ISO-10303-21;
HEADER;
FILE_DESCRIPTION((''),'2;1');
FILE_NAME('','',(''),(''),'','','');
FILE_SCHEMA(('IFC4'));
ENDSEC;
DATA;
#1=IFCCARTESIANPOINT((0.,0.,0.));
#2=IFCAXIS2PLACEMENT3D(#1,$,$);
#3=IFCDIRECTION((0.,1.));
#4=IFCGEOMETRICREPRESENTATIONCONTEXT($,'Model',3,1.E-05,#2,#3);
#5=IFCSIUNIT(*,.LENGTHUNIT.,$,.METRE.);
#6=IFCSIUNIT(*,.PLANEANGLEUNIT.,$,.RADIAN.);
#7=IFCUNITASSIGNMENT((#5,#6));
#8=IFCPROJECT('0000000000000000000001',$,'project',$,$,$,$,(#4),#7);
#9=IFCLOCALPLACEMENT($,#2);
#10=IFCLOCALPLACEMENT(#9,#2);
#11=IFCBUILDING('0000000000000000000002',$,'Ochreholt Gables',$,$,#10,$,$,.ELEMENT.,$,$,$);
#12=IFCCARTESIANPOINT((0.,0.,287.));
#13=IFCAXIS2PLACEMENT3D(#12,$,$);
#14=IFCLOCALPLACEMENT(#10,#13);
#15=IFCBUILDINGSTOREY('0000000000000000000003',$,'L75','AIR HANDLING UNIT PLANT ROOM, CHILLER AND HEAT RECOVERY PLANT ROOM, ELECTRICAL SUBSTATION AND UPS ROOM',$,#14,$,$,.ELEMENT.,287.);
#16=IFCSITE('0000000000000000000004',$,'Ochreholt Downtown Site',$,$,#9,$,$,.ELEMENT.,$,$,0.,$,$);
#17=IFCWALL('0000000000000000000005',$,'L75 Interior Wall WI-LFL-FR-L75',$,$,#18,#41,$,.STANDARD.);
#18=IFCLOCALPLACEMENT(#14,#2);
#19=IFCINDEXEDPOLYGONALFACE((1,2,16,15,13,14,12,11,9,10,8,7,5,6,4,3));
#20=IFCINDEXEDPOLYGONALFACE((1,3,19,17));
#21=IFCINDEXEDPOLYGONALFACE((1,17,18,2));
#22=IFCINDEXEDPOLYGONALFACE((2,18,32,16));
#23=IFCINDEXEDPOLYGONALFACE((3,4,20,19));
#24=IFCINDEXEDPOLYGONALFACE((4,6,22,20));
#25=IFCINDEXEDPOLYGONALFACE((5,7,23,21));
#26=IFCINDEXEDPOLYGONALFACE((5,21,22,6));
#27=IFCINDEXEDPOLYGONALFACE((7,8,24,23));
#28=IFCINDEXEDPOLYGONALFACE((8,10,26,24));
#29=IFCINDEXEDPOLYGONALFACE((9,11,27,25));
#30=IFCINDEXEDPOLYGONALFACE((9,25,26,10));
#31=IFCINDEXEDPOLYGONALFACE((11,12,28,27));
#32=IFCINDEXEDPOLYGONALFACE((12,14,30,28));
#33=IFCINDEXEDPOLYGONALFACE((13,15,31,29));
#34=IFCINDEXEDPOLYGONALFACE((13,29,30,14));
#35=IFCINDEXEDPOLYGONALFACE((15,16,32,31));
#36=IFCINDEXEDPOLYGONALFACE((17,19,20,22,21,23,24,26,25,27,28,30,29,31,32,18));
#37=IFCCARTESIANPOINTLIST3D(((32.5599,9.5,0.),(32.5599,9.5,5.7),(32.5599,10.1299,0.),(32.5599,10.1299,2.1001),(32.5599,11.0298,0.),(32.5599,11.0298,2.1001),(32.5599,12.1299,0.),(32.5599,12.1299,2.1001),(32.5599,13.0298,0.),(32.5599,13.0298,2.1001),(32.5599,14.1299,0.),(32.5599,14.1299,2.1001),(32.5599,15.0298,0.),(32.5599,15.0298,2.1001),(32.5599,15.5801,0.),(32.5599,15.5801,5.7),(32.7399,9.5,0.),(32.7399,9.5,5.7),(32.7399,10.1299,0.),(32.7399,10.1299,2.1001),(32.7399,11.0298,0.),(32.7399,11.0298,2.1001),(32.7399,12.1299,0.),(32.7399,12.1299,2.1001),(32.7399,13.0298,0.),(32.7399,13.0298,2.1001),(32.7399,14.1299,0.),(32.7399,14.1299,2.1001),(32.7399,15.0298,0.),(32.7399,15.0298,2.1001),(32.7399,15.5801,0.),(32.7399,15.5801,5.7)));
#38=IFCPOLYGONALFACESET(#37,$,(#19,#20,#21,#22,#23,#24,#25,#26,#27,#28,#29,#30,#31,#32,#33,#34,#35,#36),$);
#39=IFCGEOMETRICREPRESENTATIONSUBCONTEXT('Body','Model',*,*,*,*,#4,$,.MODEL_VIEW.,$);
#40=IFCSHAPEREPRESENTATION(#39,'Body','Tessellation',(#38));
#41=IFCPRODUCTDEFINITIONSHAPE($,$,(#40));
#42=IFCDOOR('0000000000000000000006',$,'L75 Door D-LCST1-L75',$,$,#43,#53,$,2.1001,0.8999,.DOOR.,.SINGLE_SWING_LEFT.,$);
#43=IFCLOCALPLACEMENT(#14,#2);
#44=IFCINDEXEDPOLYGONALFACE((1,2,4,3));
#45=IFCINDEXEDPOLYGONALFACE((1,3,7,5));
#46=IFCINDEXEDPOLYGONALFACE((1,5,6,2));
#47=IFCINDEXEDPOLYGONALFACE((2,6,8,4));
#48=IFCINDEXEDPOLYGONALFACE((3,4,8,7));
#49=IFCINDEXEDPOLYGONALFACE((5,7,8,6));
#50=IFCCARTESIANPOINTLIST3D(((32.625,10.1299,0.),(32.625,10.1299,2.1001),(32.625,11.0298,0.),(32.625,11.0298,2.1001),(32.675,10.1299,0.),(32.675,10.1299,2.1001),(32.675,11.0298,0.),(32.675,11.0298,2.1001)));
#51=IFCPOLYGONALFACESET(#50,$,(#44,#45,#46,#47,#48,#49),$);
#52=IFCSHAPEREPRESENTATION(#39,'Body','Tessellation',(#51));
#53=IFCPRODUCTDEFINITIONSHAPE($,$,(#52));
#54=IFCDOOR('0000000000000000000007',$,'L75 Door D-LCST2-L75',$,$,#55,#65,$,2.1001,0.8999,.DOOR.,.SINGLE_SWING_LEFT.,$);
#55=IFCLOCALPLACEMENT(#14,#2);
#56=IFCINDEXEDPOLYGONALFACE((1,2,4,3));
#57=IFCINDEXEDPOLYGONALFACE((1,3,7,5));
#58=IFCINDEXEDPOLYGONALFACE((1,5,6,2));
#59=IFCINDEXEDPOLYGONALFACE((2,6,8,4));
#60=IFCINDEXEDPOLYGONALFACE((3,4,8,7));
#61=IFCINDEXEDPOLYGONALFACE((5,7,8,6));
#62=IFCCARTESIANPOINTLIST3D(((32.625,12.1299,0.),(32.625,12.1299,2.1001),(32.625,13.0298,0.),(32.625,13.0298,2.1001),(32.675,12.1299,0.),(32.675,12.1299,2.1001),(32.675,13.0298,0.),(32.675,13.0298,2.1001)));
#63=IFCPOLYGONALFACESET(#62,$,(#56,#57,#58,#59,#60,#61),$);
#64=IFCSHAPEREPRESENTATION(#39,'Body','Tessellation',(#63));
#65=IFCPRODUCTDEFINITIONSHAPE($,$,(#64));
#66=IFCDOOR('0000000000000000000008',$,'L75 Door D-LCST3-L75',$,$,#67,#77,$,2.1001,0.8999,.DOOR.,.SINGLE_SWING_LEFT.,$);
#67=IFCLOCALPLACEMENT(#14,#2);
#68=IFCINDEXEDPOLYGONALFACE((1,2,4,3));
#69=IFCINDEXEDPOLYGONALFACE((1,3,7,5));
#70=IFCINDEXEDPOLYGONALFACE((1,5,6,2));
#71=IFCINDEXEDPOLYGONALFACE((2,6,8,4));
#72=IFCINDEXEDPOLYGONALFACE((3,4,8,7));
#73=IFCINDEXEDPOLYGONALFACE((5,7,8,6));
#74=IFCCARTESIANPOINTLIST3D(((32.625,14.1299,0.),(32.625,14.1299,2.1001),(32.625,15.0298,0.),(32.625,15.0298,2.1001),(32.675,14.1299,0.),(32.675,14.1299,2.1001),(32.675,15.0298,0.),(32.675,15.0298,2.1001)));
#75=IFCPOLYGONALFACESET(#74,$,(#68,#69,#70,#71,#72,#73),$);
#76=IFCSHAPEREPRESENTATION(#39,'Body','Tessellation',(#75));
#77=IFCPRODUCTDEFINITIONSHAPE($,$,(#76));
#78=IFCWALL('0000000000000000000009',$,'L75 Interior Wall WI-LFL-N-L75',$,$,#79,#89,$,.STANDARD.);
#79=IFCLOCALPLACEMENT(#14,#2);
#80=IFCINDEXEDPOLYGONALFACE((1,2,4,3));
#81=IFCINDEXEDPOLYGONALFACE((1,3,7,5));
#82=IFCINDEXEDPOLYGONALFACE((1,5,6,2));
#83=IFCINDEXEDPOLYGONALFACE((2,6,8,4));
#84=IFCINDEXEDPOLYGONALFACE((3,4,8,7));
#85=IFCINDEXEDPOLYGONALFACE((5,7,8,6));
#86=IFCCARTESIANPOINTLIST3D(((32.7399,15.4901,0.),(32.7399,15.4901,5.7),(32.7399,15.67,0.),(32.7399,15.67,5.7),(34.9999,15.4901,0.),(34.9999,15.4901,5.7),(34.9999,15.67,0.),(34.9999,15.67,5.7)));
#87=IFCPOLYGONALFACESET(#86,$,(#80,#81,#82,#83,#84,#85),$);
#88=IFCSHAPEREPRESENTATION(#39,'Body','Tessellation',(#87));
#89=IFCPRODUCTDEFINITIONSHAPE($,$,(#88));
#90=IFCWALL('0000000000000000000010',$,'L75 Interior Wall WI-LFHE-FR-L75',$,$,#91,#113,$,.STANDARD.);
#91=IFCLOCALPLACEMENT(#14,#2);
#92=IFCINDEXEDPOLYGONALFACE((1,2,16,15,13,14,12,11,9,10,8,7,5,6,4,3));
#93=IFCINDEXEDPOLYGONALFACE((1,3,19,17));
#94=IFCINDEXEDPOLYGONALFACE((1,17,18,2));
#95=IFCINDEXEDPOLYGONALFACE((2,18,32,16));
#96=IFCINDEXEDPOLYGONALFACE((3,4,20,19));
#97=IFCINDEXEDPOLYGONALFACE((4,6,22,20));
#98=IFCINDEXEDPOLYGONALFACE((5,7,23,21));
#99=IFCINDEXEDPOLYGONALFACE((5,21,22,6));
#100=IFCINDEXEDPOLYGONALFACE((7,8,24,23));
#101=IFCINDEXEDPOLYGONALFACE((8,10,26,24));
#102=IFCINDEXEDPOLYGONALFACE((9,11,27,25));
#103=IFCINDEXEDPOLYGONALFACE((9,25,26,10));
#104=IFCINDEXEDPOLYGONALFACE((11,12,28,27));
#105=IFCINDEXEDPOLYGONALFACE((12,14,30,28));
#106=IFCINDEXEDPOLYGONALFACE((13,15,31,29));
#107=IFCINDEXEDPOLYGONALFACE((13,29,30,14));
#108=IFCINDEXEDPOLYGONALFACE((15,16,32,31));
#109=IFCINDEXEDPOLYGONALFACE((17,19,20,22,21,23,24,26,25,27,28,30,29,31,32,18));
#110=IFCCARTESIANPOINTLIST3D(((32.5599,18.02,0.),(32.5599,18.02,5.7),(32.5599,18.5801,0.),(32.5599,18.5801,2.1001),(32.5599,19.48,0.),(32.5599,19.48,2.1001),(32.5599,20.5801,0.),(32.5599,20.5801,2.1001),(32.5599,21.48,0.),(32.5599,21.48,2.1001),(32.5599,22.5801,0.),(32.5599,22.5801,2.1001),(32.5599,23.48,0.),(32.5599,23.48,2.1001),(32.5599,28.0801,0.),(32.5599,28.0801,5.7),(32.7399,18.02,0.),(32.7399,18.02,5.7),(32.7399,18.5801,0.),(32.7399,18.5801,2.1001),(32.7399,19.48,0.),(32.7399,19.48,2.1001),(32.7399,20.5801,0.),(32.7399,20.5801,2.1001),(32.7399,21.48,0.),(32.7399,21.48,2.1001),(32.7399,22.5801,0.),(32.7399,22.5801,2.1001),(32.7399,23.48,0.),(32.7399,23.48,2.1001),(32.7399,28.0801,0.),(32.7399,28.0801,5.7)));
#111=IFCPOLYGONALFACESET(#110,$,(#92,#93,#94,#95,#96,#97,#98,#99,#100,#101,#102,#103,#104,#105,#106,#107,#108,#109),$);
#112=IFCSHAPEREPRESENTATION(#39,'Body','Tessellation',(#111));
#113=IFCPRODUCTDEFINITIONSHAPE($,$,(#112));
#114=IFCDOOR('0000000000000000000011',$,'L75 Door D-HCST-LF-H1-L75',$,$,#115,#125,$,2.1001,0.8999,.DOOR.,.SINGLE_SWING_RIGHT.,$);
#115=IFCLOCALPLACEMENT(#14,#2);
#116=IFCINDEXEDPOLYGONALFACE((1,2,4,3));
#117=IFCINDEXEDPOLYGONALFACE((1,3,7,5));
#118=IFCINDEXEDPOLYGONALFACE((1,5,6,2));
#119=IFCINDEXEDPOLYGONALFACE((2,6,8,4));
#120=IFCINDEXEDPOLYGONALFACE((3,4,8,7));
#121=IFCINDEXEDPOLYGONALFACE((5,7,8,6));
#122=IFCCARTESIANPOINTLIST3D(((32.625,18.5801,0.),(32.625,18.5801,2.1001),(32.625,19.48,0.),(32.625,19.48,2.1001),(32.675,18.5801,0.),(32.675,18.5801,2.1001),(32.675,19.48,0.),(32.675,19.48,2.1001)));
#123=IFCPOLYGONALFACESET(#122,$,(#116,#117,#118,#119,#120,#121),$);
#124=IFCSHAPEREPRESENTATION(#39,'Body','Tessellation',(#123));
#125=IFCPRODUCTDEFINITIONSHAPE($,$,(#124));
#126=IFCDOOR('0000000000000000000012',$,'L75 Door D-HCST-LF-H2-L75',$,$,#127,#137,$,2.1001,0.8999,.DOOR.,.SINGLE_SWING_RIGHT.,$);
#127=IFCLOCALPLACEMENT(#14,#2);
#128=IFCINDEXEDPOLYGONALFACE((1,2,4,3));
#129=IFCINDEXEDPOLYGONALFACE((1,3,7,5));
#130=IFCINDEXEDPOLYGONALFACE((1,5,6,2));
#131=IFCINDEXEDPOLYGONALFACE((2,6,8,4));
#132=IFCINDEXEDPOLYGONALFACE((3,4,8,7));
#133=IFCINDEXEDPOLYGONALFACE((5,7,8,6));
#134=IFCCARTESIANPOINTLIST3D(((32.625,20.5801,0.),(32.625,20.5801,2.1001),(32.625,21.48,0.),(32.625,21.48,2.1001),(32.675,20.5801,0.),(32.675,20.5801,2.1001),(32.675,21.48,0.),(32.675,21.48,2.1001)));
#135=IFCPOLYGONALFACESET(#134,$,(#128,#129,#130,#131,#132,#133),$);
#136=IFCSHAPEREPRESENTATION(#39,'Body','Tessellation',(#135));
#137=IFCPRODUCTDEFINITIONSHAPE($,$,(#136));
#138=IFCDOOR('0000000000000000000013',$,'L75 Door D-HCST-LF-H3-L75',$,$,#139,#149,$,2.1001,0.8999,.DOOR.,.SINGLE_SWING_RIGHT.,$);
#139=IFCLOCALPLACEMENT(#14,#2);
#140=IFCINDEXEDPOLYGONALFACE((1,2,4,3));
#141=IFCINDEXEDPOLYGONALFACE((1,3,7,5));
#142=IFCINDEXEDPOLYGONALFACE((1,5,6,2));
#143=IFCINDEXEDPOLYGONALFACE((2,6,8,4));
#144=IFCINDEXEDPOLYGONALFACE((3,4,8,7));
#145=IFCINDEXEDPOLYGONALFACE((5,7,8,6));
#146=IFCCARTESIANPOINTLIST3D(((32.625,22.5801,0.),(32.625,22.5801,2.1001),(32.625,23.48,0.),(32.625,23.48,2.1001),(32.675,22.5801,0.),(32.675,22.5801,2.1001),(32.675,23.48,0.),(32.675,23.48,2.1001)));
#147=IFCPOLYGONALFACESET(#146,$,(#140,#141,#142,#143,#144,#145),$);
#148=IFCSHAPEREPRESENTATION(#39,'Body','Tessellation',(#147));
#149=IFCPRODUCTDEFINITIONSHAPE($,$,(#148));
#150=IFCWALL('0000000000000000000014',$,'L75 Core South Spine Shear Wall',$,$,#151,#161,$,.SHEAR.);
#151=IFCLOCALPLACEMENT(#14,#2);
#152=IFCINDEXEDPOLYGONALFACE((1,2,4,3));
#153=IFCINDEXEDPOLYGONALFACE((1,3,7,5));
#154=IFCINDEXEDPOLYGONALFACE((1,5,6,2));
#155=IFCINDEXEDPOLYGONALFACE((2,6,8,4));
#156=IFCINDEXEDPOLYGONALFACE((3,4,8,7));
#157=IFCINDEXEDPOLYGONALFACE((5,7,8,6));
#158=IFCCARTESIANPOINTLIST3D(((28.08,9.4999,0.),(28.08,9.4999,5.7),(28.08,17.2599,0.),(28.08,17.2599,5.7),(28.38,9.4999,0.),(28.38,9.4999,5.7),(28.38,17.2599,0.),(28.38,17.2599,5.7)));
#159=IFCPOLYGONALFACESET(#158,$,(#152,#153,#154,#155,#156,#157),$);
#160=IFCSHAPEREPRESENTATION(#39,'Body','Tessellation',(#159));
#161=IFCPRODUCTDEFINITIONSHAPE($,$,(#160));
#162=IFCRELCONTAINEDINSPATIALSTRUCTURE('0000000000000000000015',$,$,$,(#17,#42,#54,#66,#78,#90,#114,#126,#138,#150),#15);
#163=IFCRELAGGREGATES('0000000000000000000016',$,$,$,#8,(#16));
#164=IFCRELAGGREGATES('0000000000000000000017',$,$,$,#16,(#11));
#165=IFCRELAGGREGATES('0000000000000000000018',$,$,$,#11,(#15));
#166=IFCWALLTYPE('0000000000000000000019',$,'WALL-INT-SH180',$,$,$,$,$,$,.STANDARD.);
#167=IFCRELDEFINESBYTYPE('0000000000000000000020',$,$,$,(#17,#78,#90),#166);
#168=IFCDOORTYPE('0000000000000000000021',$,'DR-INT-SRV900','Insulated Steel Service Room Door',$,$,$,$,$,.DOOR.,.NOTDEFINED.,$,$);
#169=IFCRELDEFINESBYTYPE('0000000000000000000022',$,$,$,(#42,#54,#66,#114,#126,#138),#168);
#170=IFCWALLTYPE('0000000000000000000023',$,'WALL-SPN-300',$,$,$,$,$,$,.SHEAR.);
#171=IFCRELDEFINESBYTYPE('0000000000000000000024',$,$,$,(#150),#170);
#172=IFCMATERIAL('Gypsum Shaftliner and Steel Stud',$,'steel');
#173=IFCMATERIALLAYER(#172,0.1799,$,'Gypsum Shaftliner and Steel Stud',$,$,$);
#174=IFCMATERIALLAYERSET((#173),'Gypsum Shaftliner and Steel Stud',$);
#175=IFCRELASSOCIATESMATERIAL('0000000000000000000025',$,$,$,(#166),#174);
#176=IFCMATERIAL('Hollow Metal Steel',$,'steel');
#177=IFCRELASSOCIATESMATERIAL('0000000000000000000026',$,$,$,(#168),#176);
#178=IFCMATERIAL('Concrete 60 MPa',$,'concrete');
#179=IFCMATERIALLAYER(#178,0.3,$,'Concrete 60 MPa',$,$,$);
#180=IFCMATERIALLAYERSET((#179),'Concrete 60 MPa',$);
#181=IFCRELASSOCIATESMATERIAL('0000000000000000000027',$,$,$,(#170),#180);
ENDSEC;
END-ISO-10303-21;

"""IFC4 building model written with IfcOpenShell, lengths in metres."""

from ifc_helpers import new_model, si_unit, direction, frame, frame_2d, origin, place, context, subcontext, project, spatial, rectangle, extrude, material, layer, layer_set, type_object, element, fill, save


model = new_model("IFC4")

# Units and contexts
model_context = context("Model", 3, precision=1e-05, world=origin(), true_north=direction((0.0, 1.0)))
body_context = subcontext(model_context, "Body", "Model", "MODEL_VIEW")
ifc_project = project(units=[si_unit("LENGTHUNIT", "METRE"), si_unit("PLANEANGLEUNIT", "RADIAN")], contexts=[model_context])

# Site, building, storey
site_placement = place(None, origin())
site = spatial("IfcSite", under=ifc_project, at=site_placement, Name="Ochreholt Downtown Site", CompositionType="ELEMENT", RefElevation=0.0)
building_placement = place(site_placement, origin())
building = spatial("IfcBuilding", under=site, at=building_placement, Name="Ochreholt Gables", CompositionType="ELEMENT")
storey_placement = place(building_placement, frame((0.0, 0.0, 287.0)))
storey = spatial("IfcBuildingStorey", under=building, at=storey_placement, Name="L75", Description="AIR HANDLING UNIT PLANT ROOM, CHILLER AND HEAT RECOVERY PLANT ROOM, ELECTRICAL SUBSTATION AND UPS ROOM", CompositionType="ELEMENT", Elevation=287.0)

# Shared definitions
ifc_material_1 = material(Name="Hollow Metal Steel", Category="steel")

# Shared definitions
ifc_material_2 = material(Name="Gypsum Shaftliner and Steel Stud", Category="steel")

# Wall, openings, doors
ifc_layer_1 = layer(ifc_material_2, 0.1799, Name="Gypsum Shaftliner and Steel Stud")
ifc_layer_set_1 = layer_set([ifc_layer_1], Name="Gypsum Shaftliner and Steel Stud")
wall_type_1 = type_object("IfcWallType", Name="WALL-INT-SH180", PredefinedType="STANDARD", material=ifc_layer_set_1)
wall_1_placement = place(storey_placement, frame((32.6499, 9.5, 0.0), z_axis=(0.0, 0.0, 1.0), x_axis=(0.0, 1.0, 0.0)))
wall_1 = element("IfcWall", 1, at=wall_1_placement, inside=storey, type_object=wall_type_1, Name="L75 Interior Wall WI-LFL-FR-L75", PredefinedType="STANDARD", context=body_context, shape_type="SweptSolid", body=[
    extrude(rectangle(XDim=6.0801, YDim=0.1799, at=frame_2d((3.04, 0.0))), origin(), (0.0, 0.0, 1.0), 5.7),
])
opening_1_placement = place(wall_1_placement, frame((0.6299, 0.0, 0.0)))
opening_1 = element("IfcOpeningElement", 2, at=opening_1_placement, cuts=wall_1, PredefinedType="OPENING", context=body_context, shape_type="SweptSolid", body=[
    extrude(rectangle(XDim=0.8999, YDim=2.1001, at=frame_2d((0.45, 1.05))), frame((0.0, 0.0999, 0.0), z_axis=(0.0, -1.0, 0.0), x_axis=(1.0, 0.0, 0.0)), (0.0, 0.0, 1.0), 0.2),
])
opening_2_placement = place(wall_1_placement, frame((2.6299, 0.0, 0.0)))
opening_2 = element("IfcOpeningElement", 3, at=opening_2_placement, cuts=wall_1, PredefinedType="OPENING", context=body_context, shape_type="SweptSolid", body=[
    extrude(rectangle(XDim=0.8999, YDim=2.1001, at=frame_2d((0.45, 1.05))), frame((0.0, 0.0999, 0.0), z_axis=(0.0, -1.0, 0.0), x_axis=(1.0, 0.0, 0.0)), (0.0, 0.0, 1.0), 0.2),
])
opening_3_placement = place(wall_1_placement, frame((4.6299, 0.0, 0.0)))
opening_3 = element("IfcOpeningElement", 4, at=opening_3_placement, cuts=wall_1, PredefinedType="OPENING", context=body_context, shape_type="SweptSolid", body=[
    extrude(rectangle(XDim=0.8999, YDim=2.1001, at=frame_2d((0.45, 1.05))), frame((0.0, 0.0999, 0.0), z_axis=(0.0, -1.0, 0.0), x_axis=(1.0, 0.0, 0.0)), (0.0, 0.0, 1.0), 0.2),
])
door_type_1 = type_object("IfcDoorType", Name="DR-INT-SRV900", Description="Insulated Steel Service Room Door", OperationType="NOTDEFINED", PredefinedType="DOOR", material=ifc_material_1)
door_1_placement = place(opening_1_placement, origin())
door_1 = element("IfcDoor", 5, at=door_1_placement, inside=storey, type_object=door_type_1, Name="L75 Door D-LCST1-L75", OperationType="SINGLE_SWING_LEFT", OverallHeight=2.1001, OverallWidth=0.8999, PredefinedType="DOOR", context=body_context, shape_type="SweptSolid", body=[
    extrude(rectangle(XDim=0.8999, YDim=2.1001, at=frame_2d((0.45, 1.05))), frame((0.0, 0.0249, 0.0), z_axis=(0.0, -1.0, 0.0), x_axis=(1.0, 0.0, 0.0)), (0.0, 0.0, 1.0), 0.05),
])
fill(opening_1, door_1)
door_2_placement = place(opening_2_placement, origin())
door_2 = element("IfcDoor", 6, at=door_2_placement, inside=storey, type_object=door_type_1, Name="L75 Door D-LCST2-L75", OperationType="SINGLE_SWING_LEFT", OverallHeight=2.1001, OverallWidth=0.8999, PredefinedType="DOOR", context=body_context, shape_type="SweptSolid", body=[
    extrude(rectangle(XDim=0.8999, YDim=2.1001, at=frame_2d((0.45, 1.05))), frame((0.0, 0.0249, 0.0), z_axis=(0.0, -1.0, 0.0), x_axis=(1.0, 0.0, 0.0)), (0.0, 0.0, 1.0), 0.05),
])
fill(opening_2, door_2)
door_3_placement = place(opening_3_placement, origin())
door_3 = element("IfcDoor", 7, at=door_3_placement, inside=storey, type_object=door_type_1, Name="L75 Door D-LCST3-L75", OperationType="SINGLE_SWING_LEFT", OverallHeight=2.1001, OverallWidth=0.8999, PredefinedType="DOOR", context=body_context, shape_type="SweptSolid", body=[
    extrude(rectangle(XDim=0.8999, YDim=2.1001, at=frame_2d((0.45, 1.05))), frame((0.0, 0.0249, 0.0), z_axis=(0.0, -1.0, 0.0), x_axis=(1.0, 0.0, 0.0)), (0.0, 0.0, 1.0), 0.05),
])
fill(opening_3, door_3)

# Wall
wall_2_placement = place(storey_placement, frame((32.74, 15.5801, 0.0), z_axis=(0.0, 0.0, 1.0), x_axis=(1.0, 0.0, 0.0)))
element("IfcWall", 8, at=wall_2_placement, inside=storey, type_object=wall_type_1, Name="L75 Interior Wall WI-LFL-N-L75", PredefinedType="STANDARD", context=body_context, shape_type="SweptSolid", body=[
    extrude(rectangle(XDim=2.26, YDim=0.1799, at=frame_2d((1.1299, 0.0))), origin(), (0.0, 0.0, 1.0), 5.7),
])

# Wall, openings, doors
wall_3_placement = place(storey_placement, frame((32.6499, 18.02, 0.0), z_axis=(0.0, 0.0, 1.0), x_axis=(0.0, 1.0, 0.0)))
wall_3 = element("IfcWall", 9, at=wall_3_placement, inside=storey, type_object=wall_type_1, Name="L75 Interior Wall WI-LFHE-FR-L75", PredefinedType="STANDARD", context=body_context, shape_type="SweptSolid", body=[
    extrude(rectangle(XDim=10.0601, YDim=0.1799, at=frame_2d((5.03, 0.0))), origin(), (0.0, 0.0, 1.0), 5.7),
])
opening_4_placement = place(wall_3_placement, frame((0.5601, 0.0, 0.0)))
opening_4 = element("IfcOpeningElement", 10, at=opening_4_placement, cuts=wall_3, PredefinedType="OPENING", context=body_context, shape_type="SweptSolid", body=[
    extrude(rectangle(XDim=0.8999, YDim=2.1001, at=frame_2d((0.45, 1.05))), frame((0.0, 0.0999, 0.0), z_axis=(0.0, -1.0, 0.0), x_axis=(1.0, 0.0, 0.0)), (0.0, 0.0, 1.0), 0.2),
])
opening_5_placement = place(wall_3_placement, frame((2.5601, 0.0, 0.0)))
opening_5 = element("IfcOpeningElement", 11, at=opening_5_placement, cuts=wall_3, PredefinedType="OPENING", context=body_context, shape_type="SweptSolid", body=[
    extrude(rectangle(XDim=0.8999, YDim=2.1001, at=frame_2d((0.45, 1.05))), frame((0.0, 0.0999, 0.0), z_axis=(0.0, -1.0, 0.0), x_axis=(1.0, 0.0, 0.0)), (0.0, 0.0, 1.0), 0.2),
])
opening_6_placement = place(wall_3_placement, frame((4.5601, 0.0, 0.0)))
opening_6 = element("IfcOpeningElement", 12, at=opening_6_placement, cuts=wall_3, PredefinedType="OPENING", context=body_context, shape_type="SweptSolid", body=[
    extrude(rectangle(XDim=0.8999, YDim=2.1001, at=frame_2d((0.45, 1.05))), frame((0.0, 0.0999, 0.0), z_axis=(0.0, -1.0, 0.0), x_axis=(1.0, 0.0, 0.0)), (0.0, 0.0, 1.0), 0.2),
])
door_4_placement = place(opening_4_placement, origin())
door_4 = element("IfcDoor", 13, at=door_4_placement, inside=storey, type_object=door_type_1, Name="L75 Door D-HCST-LF-H1-L75", OperationType="SINGLE_SWING_RIGHT", OverallHeight=2.1001, OverallWidth=0.8999, PredefinedType="DOOR", context=body_context, shape_type="SweptSolid", body=[
    extrude(rectangle(XDim=0.8999, YDim=2.1001, at=frame_2d((0.45, 1.05))), frame((0.0, 0.0249, 0.0), z_axis=(0.0, -1.0, 0.0), x_axis=(1.0, 0.0, 0.0)), (0.0, 0.0, 1.0), 0.05),
])
fill(opening_4, door_4)
door_5_placement = place(opening_5_placement, origin())
door_5 = element("IfcDoor", 14, at=door_5_placement, inside=storey, type_object=door_type_1, Name="L75 Door D-HCST-LF-H2-L75", OperationType="SINGLE_SWING_RIGHT", OverallHeight=2.1001, OverallWidth=0.8999, PredefinedType="DOOR", context=body_context, shape_type="SweptSolid", body=[
    extrude(rectangle(XDim=0.8999, YDim=2.1001, at=frame_2d((0.45, 1.05))), frame((0.0, 0.0249, 0.0), z_axis=(0.0, -1.0, 0.0), x_axis=(1.0, 0.0, 0.0)), (0.0, 0.0, 1.0), 0.05),
])
fill(opening_5, door_5)
door_6_placement = place(opening_6_placement, origin())
door_6 = element("IfcDoor", 15, at=door_6_placement, inside=storey, type_object=door_type_1, Name="L75 Door D-HCST-LF-H3-L75", OperationType="SINGLE_SWING_RIGHT", OverallHeight=2.1001, OverallWidth=0.8999, PredefinedType="DOOR", context=body_context, shape_type="SweptSolid", body=[
    extrude(rectangle(XDim=0.8999, YDim=2.1001, at=frame_2d((0.45, 1.05))), frame((0.0, 0.0249, 0.0), z_axis=(0.0, -1.0, 0.0), x_axis=(1.0, 0.0, 0.0)), (0.0, 0.0, 1.0), 0.05),
])
fill(opening_6, door_6)

# Wall
ifc_material_3 = material(Name="Concrete 60 MPa", Category="concrete")
ifc_layer_2 = layer(ifc_material_3, 0.3, Name="Concrete 60 MPa")
ifc_layer_set_2 = layer_set([ifc_layer_2], Name="Concrete 60 MPa")
wall_type_2 = type_object("IfcWallType", Name="WALL-SPN-300", PredefinedType="SHEAR", material=ifc_layer_set_2)
wall_4_placement = place(storey_placement, frame((28.23, 9.5, 0.0), z_axis=(0.0, 0.0, 1.0), x_axis=(0.0, 1.0, 0.0)))
element("IfcWall", 16, at=wall_4_placement, inside=storey, type_object=wall_type_2, Name="L75 Core South Spine Shear Wall", PredefinedType="SHEAR", context=body_context, shape_type="SweptSolid", body=[
    extrude(rectangle(XDim=7.76, YDim=0.3, at=frame_2d((3.8799, 0.0))), origin(), (0.0, 0.0, 1.0), 5.7),
])

save(model, "model.ifc")
